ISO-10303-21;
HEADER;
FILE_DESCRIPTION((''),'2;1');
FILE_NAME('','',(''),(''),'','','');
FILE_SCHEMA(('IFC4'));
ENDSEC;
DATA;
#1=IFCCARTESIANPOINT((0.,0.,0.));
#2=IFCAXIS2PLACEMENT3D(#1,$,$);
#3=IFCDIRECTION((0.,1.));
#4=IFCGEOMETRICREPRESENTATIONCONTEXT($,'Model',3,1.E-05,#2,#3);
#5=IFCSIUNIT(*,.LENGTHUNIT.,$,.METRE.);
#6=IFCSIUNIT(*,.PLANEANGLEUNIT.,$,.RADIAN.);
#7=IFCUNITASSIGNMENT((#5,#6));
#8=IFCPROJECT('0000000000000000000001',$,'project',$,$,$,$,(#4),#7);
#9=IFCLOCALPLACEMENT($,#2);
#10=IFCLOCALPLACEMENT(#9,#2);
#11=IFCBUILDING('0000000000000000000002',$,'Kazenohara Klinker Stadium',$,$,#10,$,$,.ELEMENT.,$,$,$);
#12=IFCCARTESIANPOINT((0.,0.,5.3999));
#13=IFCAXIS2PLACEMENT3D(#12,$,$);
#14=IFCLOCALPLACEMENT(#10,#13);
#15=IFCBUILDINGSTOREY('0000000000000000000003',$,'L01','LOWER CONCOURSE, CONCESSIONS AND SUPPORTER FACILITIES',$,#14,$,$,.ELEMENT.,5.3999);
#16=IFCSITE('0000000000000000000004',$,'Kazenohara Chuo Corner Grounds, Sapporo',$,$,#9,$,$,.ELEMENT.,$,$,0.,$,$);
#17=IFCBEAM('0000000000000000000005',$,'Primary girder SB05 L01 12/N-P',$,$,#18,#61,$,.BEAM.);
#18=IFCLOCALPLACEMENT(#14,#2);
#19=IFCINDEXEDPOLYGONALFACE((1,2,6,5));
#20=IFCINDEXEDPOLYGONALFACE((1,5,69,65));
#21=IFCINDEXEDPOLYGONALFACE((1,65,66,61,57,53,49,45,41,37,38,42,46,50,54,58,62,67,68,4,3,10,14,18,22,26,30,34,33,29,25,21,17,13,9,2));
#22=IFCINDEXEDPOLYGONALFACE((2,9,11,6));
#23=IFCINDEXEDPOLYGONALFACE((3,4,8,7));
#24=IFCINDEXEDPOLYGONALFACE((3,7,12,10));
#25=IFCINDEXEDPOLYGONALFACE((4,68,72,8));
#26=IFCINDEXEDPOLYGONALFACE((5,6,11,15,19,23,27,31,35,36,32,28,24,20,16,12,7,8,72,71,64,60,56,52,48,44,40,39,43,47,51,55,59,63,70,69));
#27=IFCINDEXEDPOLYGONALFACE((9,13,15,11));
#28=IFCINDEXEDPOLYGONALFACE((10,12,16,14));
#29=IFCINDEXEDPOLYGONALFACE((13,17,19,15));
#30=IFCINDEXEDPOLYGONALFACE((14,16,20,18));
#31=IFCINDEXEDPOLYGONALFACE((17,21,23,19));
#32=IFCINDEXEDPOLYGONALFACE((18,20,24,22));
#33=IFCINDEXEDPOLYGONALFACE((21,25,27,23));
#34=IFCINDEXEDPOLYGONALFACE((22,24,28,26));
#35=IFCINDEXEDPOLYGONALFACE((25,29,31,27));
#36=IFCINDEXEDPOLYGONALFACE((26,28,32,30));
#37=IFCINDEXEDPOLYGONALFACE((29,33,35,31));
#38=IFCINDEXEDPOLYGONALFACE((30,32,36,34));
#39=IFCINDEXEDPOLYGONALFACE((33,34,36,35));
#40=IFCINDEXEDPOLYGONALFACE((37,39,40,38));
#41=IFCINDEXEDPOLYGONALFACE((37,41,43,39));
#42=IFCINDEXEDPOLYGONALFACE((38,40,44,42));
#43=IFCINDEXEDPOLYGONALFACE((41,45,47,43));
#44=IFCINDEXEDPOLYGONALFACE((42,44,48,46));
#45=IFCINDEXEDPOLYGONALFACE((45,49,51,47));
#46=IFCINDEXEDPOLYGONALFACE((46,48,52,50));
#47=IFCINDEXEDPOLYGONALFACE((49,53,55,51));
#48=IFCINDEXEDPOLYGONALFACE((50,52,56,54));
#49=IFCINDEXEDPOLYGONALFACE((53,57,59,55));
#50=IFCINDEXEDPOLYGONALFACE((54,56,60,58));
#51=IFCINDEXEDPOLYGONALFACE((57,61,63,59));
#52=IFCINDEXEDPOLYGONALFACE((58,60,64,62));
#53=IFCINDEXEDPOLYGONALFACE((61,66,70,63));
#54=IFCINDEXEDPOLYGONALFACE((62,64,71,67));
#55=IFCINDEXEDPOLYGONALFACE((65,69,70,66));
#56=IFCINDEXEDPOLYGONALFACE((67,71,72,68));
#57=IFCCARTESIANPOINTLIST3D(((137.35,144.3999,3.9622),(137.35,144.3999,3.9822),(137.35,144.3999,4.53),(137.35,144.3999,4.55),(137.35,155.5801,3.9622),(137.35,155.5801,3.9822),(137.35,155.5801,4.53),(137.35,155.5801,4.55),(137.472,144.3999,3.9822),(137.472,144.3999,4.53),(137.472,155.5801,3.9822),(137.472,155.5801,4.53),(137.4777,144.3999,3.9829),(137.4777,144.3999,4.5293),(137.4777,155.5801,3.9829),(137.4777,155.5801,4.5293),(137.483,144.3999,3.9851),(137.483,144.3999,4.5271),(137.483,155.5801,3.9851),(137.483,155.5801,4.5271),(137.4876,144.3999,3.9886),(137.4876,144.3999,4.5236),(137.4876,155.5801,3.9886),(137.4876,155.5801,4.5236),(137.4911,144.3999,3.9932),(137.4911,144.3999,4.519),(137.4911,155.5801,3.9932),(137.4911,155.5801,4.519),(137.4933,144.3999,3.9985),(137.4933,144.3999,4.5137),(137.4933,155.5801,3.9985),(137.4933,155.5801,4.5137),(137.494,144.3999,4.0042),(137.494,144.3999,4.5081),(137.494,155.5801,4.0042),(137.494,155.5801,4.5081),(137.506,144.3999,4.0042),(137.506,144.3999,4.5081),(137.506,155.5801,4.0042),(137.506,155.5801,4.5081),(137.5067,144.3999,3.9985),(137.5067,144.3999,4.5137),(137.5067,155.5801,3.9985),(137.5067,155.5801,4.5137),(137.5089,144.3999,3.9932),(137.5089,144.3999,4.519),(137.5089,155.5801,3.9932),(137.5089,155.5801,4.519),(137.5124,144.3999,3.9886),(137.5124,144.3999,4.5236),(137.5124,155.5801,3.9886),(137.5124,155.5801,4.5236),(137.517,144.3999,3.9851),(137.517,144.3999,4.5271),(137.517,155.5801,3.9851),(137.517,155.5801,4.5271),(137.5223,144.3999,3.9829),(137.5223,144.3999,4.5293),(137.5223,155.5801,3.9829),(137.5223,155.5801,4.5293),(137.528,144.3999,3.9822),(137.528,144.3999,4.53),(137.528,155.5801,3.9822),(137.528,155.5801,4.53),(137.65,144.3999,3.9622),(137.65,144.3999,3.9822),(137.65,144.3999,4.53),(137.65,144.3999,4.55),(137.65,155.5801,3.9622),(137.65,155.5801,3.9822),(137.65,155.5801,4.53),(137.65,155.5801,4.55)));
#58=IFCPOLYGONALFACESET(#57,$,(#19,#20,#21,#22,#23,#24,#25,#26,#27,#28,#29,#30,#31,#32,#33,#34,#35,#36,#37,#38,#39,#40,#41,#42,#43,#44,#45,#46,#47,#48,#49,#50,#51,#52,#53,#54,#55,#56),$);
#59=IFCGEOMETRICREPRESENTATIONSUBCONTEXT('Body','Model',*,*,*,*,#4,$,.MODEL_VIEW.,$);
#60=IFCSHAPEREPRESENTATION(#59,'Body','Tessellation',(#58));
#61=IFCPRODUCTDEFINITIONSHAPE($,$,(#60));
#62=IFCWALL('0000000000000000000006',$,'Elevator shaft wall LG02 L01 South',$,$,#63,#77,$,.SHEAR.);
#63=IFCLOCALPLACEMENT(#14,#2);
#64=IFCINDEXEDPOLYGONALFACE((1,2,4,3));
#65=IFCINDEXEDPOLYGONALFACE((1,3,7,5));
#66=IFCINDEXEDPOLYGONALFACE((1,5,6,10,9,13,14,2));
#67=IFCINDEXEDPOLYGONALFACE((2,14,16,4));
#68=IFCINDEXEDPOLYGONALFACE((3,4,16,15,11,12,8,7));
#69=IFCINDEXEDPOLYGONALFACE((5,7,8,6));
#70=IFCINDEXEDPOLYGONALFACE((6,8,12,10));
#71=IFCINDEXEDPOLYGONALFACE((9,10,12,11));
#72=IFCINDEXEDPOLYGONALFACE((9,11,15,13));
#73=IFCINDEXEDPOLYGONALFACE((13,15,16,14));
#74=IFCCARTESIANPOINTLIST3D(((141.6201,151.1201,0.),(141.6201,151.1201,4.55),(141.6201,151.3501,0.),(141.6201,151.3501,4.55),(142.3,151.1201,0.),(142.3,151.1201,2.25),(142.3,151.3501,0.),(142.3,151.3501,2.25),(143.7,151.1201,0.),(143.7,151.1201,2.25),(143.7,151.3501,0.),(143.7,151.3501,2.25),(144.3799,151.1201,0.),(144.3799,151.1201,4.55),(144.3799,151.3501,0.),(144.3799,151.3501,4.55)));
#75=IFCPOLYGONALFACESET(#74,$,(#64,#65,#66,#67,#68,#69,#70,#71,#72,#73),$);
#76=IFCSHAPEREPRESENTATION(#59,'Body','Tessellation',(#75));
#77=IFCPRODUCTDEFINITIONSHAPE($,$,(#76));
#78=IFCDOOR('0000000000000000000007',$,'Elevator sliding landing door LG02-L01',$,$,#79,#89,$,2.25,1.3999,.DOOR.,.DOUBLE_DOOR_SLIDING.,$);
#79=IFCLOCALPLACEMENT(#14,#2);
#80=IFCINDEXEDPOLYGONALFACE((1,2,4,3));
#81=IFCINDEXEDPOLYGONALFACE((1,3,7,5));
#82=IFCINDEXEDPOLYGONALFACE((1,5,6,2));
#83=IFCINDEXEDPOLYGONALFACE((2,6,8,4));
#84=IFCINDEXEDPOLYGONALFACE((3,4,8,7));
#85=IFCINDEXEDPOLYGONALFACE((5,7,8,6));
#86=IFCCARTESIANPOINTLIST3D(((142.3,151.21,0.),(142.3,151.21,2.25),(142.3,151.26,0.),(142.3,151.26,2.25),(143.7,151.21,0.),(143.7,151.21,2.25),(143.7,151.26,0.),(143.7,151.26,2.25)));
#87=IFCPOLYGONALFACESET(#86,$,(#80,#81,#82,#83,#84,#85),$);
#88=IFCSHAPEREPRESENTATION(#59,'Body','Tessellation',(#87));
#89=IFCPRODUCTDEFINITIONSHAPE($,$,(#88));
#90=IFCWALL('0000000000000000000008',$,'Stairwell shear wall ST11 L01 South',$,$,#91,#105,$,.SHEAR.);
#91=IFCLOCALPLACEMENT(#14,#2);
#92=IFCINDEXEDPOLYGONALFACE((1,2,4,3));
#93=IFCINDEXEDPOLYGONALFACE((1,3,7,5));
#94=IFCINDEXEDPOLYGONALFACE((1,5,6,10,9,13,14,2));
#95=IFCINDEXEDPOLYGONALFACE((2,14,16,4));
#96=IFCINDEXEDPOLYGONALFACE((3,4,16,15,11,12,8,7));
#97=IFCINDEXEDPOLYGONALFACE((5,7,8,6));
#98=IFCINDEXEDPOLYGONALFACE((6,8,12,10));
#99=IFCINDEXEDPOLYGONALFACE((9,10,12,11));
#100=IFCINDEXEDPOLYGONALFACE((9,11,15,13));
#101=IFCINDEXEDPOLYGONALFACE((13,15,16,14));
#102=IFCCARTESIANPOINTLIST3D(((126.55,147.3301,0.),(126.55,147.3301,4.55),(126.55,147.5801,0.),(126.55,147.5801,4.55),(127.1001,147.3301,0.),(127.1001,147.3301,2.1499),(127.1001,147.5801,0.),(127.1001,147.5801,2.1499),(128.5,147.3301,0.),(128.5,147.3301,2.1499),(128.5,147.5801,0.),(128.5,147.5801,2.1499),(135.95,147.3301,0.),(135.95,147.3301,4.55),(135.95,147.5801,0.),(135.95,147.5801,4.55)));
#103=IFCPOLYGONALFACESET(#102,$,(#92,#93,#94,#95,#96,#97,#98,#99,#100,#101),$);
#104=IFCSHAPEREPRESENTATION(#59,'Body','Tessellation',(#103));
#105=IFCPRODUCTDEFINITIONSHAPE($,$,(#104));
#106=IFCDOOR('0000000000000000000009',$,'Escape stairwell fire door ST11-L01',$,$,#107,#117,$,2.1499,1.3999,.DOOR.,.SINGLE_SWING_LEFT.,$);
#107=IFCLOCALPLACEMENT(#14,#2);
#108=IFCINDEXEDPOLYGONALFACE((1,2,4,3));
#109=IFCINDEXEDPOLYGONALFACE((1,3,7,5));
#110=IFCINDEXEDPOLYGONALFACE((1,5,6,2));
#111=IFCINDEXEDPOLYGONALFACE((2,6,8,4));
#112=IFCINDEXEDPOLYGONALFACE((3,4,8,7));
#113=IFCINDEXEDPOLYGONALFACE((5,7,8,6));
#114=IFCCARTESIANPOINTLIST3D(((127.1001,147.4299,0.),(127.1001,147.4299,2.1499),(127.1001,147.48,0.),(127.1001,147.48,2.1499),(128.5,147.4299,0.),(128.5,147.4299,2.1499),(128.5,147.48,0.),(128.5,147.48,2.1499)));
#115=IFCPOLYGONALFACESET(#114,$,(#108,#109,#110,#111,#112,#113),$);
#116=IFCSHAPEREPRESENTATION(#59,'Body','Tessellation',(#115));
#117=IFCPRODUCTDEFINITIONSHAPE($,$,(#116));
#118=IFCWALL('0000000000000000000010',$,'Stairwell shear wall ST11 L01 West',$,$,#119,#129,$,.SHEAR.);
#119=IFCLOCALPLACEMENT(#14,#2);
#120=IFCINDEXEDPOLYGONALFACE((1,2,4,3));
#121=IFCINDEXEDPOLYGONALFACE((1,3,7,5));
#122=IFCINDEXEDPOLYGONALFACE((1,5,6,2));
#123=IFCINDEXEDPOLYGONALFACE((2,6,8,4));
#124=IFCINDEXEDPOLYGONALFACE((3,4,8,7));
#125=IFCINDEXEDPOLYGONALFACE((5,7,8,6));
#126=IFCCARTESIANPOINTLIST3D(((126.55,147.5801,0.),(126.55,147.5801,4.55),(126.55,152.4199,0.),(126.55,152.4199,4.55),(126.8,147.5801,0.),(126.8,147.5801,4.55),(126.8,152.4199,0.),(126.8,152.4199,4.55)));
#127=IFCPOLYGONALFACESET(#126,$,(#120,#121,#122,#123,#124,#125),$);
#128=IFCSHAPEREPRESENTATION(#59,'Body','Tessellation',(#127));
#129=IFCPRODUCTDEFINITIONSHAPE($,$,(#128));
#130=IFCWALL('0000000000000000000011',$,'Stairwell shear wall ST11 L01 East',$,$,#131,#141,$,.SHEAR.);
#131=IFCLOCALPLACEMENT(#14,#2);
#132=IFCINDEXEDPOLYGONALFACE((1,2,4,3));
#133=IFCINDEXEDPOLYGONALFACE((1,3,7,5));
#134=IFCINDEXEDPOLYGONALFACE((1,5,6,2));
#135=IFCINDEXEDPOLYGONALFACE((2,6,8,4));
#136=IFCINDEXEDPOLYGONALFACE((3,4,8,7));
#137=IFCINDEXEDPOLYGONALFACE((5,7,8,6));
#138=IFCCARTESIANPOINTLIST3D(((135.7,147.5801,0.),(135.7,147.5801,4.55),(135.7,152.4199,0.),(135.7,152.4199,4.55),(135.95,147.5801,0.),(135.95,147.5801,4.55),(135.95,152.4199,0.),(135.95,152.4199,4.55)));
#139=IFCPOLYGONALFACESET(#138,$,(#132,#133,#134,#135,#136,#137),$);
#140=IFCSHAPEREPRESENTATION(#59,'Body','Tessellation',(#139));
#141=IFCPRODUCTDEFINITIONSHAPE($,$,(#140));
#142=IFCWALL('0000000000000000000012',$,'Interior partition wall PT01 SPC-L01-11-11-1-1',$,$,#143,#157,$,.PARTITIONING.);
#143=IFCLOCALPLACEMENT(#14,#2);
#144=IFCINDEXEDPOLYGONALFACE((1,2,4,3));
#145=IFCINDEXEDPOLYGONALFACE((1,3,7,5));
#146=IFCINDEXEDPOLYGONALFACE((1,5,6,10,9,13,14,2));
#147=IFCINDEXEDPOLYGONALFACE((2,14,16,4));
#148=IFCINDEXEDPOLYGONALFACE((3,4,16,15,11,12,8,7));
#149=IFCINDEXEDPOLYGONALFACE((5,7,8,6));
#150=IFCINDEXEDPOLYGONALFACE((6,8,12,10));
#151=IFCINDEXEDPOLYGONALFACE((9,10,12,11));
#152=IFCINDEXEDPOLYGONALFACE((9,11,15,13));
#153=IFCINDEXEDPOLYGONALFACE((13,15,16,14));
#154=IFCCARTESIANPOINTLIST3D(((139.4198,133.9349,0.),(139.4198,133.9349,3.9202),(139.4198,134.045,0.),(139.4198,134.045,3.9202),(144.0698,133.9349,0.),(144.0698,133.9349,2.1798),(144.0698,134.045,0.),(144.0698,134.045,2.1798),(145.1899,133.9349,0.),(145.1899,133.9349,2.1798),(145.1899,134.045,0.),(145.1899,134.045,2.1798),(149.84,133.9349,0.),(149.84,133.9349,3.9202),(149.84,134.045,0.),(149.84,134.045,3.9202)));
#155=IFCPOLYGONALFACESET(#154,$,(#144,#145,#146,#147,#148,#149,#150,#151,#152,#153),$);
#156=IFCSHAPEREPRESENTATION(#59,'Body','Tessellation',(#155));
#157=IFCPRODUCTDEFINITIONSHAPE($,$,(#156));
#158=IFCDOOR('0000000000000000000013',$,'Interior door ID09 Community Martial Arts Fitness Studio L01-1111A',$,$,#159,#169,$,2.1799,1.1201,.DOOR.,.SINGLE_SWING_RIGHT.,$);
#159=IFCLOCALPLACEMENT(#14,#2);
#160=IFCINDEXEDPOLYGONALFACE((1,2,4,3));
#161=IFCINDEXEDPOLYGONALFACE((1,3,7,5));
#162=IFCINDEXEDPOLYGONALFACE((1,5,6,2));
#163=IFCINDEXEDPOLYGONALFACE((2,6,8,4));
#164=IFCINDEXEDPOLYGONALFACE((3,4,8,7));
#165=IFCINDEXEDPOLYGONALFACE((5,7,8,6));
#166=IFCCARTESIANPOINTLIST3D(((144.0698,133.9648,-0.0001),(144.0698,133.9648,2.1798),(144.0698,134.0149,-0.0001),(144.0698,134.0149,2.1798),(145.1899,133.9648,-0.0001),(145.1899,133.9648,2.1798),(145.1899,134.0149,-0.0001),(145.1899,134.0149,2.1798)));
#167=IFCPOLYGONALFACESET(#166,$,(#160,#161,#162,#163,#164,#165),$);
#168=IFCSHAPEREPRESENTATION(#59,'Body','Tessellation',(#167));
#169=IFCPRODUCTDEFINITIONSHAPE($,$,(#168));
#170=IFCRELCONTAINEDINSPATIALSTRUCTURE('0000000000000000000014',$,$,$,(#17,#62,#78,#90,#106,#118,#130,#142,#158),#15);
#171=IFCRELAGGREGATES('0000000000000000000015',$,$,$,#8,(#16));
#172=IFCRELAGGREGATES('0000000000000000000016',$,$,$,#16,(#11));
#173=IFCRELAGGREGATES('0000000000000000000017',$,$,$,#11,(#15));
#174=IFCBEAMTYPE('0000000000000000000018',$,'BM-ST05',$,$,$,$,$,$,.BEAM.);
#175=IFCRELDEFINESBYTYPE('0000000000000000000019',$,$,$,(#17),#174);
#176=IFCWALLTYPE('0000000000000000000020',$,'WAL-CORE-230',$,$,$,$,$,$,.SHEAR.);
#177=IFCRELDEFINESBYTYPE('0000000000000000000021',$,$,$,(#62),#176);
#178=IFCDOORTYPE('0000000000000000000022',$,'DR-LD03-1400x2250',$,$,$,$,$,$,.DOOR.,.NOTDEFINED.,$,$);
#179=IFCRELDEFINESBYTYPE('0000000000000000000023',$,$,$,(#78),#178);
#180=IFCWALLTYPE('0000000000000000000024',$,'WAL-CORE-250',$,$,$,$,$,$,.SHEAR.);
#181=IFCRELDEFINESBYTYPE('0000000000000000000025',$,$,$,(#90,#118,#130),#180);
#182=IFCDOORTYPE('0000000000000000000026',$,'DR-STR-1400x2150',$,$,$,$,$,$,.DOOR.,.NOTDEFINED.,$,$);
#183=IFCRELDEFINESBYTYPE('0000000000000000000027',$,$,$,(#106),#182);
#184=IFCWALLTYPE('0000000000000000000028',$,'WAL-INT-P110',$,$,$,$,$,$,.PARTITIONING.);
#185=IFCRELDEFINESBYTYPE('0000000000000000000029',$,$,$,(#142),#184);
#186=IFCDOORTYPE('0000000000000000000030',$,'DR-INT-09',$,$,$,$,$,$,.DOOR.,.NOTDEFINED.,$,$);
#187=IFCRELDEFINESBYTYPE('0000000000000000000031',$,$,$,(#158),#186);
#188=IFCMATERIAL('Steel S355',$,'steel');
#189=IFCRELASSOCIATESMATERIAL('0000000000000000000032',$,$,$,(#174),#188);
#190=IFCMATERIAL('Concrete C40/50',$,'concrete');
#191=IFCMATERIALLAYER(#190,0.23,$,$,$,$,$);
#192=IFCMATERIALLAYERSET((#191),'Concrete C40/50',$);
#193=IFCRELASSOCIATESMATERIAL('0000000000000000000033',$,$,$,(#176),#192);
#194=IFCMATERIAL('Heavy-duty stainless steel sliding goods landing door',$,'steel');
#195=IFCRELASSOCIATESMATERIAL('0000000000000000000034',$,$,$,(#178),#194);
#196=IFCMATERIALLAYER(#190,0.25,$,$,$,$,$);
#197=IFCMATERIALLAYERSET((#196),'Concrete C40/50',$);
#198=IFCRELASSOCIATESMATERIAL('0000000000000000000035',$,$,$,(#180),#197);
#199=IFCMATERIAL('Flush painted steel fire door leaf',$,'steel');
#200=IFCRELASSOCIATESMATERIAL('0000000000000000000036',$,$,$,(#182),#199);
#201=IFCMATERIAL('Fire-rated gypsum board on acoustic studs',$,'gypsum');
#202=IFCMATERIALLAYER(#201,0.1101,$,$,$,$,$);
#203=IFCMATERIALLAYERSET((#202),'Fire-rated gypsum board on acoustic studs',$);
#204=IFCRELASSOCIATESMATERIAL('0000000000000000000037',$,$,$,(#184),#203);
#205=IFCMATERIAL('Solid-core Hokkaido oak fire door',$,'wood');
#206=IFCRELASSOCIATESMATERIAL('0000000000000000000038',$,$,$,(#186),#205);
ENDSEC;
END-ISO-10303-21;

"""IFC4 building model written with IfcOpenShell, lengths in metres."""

from ifc_helpers import new_model, si_unit, direction, frame, frame_2d, origin, origin_2d, place, context, subcontext, project, spatial, rectangle, i_section, extrude, material, layer, layer_set, material_profile, profile_set, type_object, element, fill, save


model = new_model("IFC4")

# Units and contexts
model_context = context("Model", 3, precision=1e-05, world=origin(), true_north=direction((0.0, 1.0)))
body_context = subcontext(model_context, "Body", "Model", "MODEL_VIEW")
ifc_project = project(units=[si_unit("LENGTHUNIT", "METRE"), si_unit("PLANEANGLEUNIT", "RADIAN")], contexts=[model_context])

# Site, building, storey
site_placement = place(None, origin())
site = spatial("IfcSite", under=ifc_project, at=site_placement, Name="Kazenohara Chuo Corner Grounds, Sapporo", CompositionType="ELEMENT", RefElevation=0.0)
building_placement = place(site_placement, origin())
building = spatial("IfcBuilding", under=site, at=building_placement, Name="Kazenohara Klinker Stadium", CompositionType="ELEMENT")
storey_placement = place(building_placement, frame((0.0, 0.0, 5.3999)))
storey = spatial("IfcBuildingStorey", under=building, at=storey_placement, Name="L01", Description="LOWER CONCOURSE, CONCESSIONS AND SUPPORTER FACILITIES", CompositionType="ELEMENT", Elevation=5.3999)

# Shared definitions
ifc_material_1 = material(Name="Concrete C40/50", Category="concrete")

# Beam
ifc_material_2 = material(Name="Steel S355", Category="steel")
ifc_material_profile_1 = material_profile(ifc_material_2, i_section(OverallWidth=0.3, OverallDepth=0.5879, WebThickness=0.012, FlangeThickness=0.02, FilletRadius=0.022, at=origin_2d()), Name="H-588x300x12x20")
ifc_profile_set_1 = profile_set([ifc_material_profile_1], Name="Steel S355")
beam_type_1 = type_object("IfcBeamType", Name="BM-ST05", PredefinedType="BEAM", material=ifc_profile_set_1)
beam_1_placement = place(storey_placement, frame((137.5, 144.3999, 4.2561), z_axis=(0.0, 1.0, 0.0), x_axis=(-1.0, 0.0, 0.0)))
element("IfcBeam", 1, at=beam_1_placement, inside=storey, type_object=beam_type_1, Name="Primary girder SB05 L01 12/N-P", PredefinedType="BEAM", context=body_context, shape_type="SweptSolid", body=[
    extrude(i_section(OverallWidth=0.3, OverallDepth=0.5879, WebThickness=0.012, FlangeThickness=0.02, FilletRadius=0.022, at=origin_2d()), origin(), (0.0, 0.0, 1.0), 11.1802),
])

# Walls, openings, doors
ifc_layer_1 = layer(ifc_material_1, 0.23)
ifc_layer_set_1 = layer_set([ifc_layer_1], Name="Concrete C40/50")
wall_type_1 = type_object("IfcWallType", Name="WAL-CORE-230", PredefinedType="SHEAR", material=ifc_layer_set_1)
wall_1_placement = place(storey_placement, frame((141.6201, 151.2351, 0.0), z_axis=(0.0, 0.0, 1.0), x_axis=(1.0, 0.0, 0.0)))
wall_1 = element("IfcWall", 2, at=wall_1_placement, inside=storey, type_object=wall_type_1, Name="Elevator shaft wall LG02 L01 South", PredefinedType="SHEAR", context=body_context, shape_type="SweptSolid", body=[
    extrude(rectangle(XDim=2.7598, YDim=0.23, at=frame_2d((1.3799, 0.0))), origin(), (0.0, 0.0, 1.0), 4.55),
])
opening_1_placement = place(wall_1_placement, frame((0.6799, 0.0, 0.0)))
opening_1 = element("IfcOpeningElement", 3, at=opening_1_placement, cuts=wall_1, PredefinedType="OPENING", context=body_context, shape_type="SweptSolid", body=[
    extrude(rectangle(XDim=1.3999, YDim=2.25, at=frame_2d((0.7, 1.125))), frame((0.0, 0.125, 0.0), z_axis=(0.0, -1.0, 0.0), x_axis=(1.0, 0.0, 0.0)), (0.0, 0.0, 1.0), 0.25),
])
ifc_material_3 = material(Name="Heavy-duty stainless steel sliding goods landing door", Category="steel")
door_type_1 = type_object("IfcDoorType", Name="DR-LD03-1400x2250", OperationType="NOTDEFINED", PredefinedType="DOOR", material=ifc_material_3)
door_1_placement = place(opening_1_placement, origin())
door_1 = element("IfcDoor", 4, at=door_1_placement, inside=storey, type_object=door_type_1, Name="Elevator sliding landing door LG02-L01", OperationType="DOUBLE_DOOR_SLIDING", OverallHeight=2.25, OverallWidth=1.3999, PredefinedType="DOOR", context=body_context, shape_type="SweptSolid", body=[
    extrude(rectangle(XDim=1.3999, YDim=2.25, at=frame_2d((0.7, 1.125))), frame((0.0, 0.0249, 0.0), z_axis=(0.0, -1.0, 0.0), x_axis=(1.0, 0.0, 0.0)), (0.0, 0.0, 1.0), 0.05),
])
fill(opening_1, door_1)
ifc_layer_2 = layer(ifc_material_1, 0.25)
ifc_layer_set_2 = layer_set([ifc_layer_2], Name="Concrete C40/50")
wall_type_2 = type_object("IfcWallType", Name="WAL-CORE-250", PredefinedType="SHEAR", material=ifc_layer_set_2)
wall_2_placement = place(storey_placement, frame((126.55, 147.4551, 0.0), z_axis=(0.0, 0.0, 1.0), x_axis=(1.0, 0.0, 0.0)))
wall_2 = element("IfcWall", 5, at=wall_2_placement, inside=storey, type_object=wall_type_2, Name="Stairwell shear wall ST11 L01 South", PredefinedType="SHEAR", context=body_context, shape_type="SweptSolid", body=[
    extrude(rectangle(XDim=9.3999, YDim=0.25, at=frame_2d((4.7, 0.0))), origin(), (0.0, 0.0, 1.0), 4.55),
])
opening_2_placement = place(wall_2_placement, frame((0.55, 0.0, 0.0)))
opening_2 = element("IfcOpeningElement", 6, at=opening_2_placement, cuts=wall_2, PredefinedType="OPENING", context=body_context, shape_type="SweptSolid", body=[
    extrude(rectangle(XDim=1.3999, YDim=2.1499, at=frame_2d((0.7, 1.075))), frame((0.0, 0.135, 0.0), z_axis=(0.0, -1.0, 0.0), x_axis=(1.0, 0.0, 0.0)), (0.0, 0.0, 1.0), 0.27),
])
ifc_material_4 = material(Name="Flush painted steel fire door leaf", Category="steel")
door_type_2 = type_object("IfcDoorType", Name="DR-STR-1400x2150", OperationType="NOTDEFINED", PredefinedType="DOOR", material=ifc_material_4)
door_2_placement = place(opening_2_placement, origin())
door_2 = element("IfcDoor", 7, at=door_2_placement, inside=storey, type_object=door_type_2, Name="Escape stairwell fire door ST11-L01", OperationType="SINGLE_SWING_LEFT", OverallHeight=2.1499, OverallWidth=1.3999, PredefinedType="DOOR", context=body_context, shape_type="SweptSolid", body=[
    extrude(rectangle(XDim=1.3999, YDim=2.1499, at=frame_2d((0.7, 1.075))), frame((0.0, 0.0249, 0.0), z_axis=(0.0, -1.0, 0.0), x_axis=(1.0, 0.0, 0.0)), (0.0, 0.0, 1.0), 0.05),
])
fill(opening_2, door_2)

# Walls
for number, where, z_axis, x_axis, name in (
    (8, (126.675, 147.5801, 0.0), (0.0, 0.0, 1.0), (0.0, 1.0, 0.0), "Stairwell shear wall ST11 L01 West"),
    (9, (135.825, 147.5801, 0.0), (0.0, 0.0, 1.0), (0.0, 1.0, 0.0), "Stairwell shear wall ST11 L01 East"),
):
    element("IfcWall", number, at=place(storey_placement, frame(where, z_axis=z_axis, x_axis=x_axis)), inside=storey, type_object=wall_type_2, Name=name, PredefinedType="SHEAR", context=body_context, shape_type="SweptSolid", body=[
        extrude(rectangle(XDim=4.8398, YDim=0.25, at=frame_2d((2.4199, 0.0))), origin(), (0.0, 0.0, 1.0), 4.55),
    ])

# Wall, opening, door
ifc_material_5 = material(Name="Fire-rated gypsum board on acoustic studs", Category="gypsum")
ifc_layer_3 = layer(ifc_material_5, 0.1101)
ifc_layer_set_3 = layer_set([ifc_layer_3], Name="Fire-rated gypsum board on acoustic studs")
wall_type_3 = type_object("IfcWallType", Name="WAL-INT-P110", PredefinedType="PARTITIONING", material=ifc_layer_set_3)
wall_3_placement = place(storey_placement, frame((139.4199, 133.99, 0.0), z_axis=(0.0, 0.0, 1.0), x_axis=(1.0, 0.0, 0.0)))
wall_3 = element("IfcWall", 10, at=wall_3_placement, inside=storey, type_object=wall_type_3, Name="Interior partition wall PT01 SPC-L01-11-11-1-1", PredefinedType="PARTITIONING", context=body_context, shape_type="SweptSolid", body=[
    extrude(rectangle(XDim=10.4202, YDim=0.1101, at=frame_2d((5.21, 0.0))), origin(), (0.0, 0.0, 1.0), 3.9202),
])
opening_3_placement = place(wall_3_placement, frame((4.6499, 0.0, 0.0)))
opening_3 = element("IfcOpeningElement", 11, at=opening_3_placement, cuts=wall_3, PredefinedType="OPENING", context=body_context, shape_type="SweptSolid", body=[
    extrude(rectangle(XDim=1.1201, YDim=2.1799, at=frame_2d((0.5601, 1.0898))), frame((0.0, 0.0649, 0.0), z_axis=(0.0, -1.0, 0.0), x_axis=(1.0, 0.0, 0.0)), (0.0, 0.0, 1.0), 0.1301),
])
ifc_material_6 = material(Name="Solid-core Hokkaido oak fire door", Category="wood")
door_type_3 = type_object("IfcDoorType", Name="DR-INT-09", OperationType="NOTDEFINED", PredefinedType="DOOR", material=ifc_material_6)
door_3_placement = place(opening_3_placement, origin())
door_3 = element("IfcDoor", 12, at=door_3_placement, inside=storey, type_object=door_type_3, Name="Interior door ID09 Community Martial Arts Fitness Studio L01-1111A", OperationType="SINGLE_SWING_RIGHT", OverallHeight=2.1799, OverallWidth=1.1201, PredefinedType="DOOR", context=body_context, shape_type="SweptSolid", body=[
    extrude(rectangle(XDim=1.1201, YDim=2.1799, at=frame_2d((0.5601, 1.0898))), frame((0.0, 0.0249, 0.0), z_axis=(0.0, -1.0, 0.0), x_axis=(1.0, 0.0, 0.0)), (0.0, 0.0, 1.0), 0.05),
])
fill(opening_3, door_3)

save(model, "model.ifc")
